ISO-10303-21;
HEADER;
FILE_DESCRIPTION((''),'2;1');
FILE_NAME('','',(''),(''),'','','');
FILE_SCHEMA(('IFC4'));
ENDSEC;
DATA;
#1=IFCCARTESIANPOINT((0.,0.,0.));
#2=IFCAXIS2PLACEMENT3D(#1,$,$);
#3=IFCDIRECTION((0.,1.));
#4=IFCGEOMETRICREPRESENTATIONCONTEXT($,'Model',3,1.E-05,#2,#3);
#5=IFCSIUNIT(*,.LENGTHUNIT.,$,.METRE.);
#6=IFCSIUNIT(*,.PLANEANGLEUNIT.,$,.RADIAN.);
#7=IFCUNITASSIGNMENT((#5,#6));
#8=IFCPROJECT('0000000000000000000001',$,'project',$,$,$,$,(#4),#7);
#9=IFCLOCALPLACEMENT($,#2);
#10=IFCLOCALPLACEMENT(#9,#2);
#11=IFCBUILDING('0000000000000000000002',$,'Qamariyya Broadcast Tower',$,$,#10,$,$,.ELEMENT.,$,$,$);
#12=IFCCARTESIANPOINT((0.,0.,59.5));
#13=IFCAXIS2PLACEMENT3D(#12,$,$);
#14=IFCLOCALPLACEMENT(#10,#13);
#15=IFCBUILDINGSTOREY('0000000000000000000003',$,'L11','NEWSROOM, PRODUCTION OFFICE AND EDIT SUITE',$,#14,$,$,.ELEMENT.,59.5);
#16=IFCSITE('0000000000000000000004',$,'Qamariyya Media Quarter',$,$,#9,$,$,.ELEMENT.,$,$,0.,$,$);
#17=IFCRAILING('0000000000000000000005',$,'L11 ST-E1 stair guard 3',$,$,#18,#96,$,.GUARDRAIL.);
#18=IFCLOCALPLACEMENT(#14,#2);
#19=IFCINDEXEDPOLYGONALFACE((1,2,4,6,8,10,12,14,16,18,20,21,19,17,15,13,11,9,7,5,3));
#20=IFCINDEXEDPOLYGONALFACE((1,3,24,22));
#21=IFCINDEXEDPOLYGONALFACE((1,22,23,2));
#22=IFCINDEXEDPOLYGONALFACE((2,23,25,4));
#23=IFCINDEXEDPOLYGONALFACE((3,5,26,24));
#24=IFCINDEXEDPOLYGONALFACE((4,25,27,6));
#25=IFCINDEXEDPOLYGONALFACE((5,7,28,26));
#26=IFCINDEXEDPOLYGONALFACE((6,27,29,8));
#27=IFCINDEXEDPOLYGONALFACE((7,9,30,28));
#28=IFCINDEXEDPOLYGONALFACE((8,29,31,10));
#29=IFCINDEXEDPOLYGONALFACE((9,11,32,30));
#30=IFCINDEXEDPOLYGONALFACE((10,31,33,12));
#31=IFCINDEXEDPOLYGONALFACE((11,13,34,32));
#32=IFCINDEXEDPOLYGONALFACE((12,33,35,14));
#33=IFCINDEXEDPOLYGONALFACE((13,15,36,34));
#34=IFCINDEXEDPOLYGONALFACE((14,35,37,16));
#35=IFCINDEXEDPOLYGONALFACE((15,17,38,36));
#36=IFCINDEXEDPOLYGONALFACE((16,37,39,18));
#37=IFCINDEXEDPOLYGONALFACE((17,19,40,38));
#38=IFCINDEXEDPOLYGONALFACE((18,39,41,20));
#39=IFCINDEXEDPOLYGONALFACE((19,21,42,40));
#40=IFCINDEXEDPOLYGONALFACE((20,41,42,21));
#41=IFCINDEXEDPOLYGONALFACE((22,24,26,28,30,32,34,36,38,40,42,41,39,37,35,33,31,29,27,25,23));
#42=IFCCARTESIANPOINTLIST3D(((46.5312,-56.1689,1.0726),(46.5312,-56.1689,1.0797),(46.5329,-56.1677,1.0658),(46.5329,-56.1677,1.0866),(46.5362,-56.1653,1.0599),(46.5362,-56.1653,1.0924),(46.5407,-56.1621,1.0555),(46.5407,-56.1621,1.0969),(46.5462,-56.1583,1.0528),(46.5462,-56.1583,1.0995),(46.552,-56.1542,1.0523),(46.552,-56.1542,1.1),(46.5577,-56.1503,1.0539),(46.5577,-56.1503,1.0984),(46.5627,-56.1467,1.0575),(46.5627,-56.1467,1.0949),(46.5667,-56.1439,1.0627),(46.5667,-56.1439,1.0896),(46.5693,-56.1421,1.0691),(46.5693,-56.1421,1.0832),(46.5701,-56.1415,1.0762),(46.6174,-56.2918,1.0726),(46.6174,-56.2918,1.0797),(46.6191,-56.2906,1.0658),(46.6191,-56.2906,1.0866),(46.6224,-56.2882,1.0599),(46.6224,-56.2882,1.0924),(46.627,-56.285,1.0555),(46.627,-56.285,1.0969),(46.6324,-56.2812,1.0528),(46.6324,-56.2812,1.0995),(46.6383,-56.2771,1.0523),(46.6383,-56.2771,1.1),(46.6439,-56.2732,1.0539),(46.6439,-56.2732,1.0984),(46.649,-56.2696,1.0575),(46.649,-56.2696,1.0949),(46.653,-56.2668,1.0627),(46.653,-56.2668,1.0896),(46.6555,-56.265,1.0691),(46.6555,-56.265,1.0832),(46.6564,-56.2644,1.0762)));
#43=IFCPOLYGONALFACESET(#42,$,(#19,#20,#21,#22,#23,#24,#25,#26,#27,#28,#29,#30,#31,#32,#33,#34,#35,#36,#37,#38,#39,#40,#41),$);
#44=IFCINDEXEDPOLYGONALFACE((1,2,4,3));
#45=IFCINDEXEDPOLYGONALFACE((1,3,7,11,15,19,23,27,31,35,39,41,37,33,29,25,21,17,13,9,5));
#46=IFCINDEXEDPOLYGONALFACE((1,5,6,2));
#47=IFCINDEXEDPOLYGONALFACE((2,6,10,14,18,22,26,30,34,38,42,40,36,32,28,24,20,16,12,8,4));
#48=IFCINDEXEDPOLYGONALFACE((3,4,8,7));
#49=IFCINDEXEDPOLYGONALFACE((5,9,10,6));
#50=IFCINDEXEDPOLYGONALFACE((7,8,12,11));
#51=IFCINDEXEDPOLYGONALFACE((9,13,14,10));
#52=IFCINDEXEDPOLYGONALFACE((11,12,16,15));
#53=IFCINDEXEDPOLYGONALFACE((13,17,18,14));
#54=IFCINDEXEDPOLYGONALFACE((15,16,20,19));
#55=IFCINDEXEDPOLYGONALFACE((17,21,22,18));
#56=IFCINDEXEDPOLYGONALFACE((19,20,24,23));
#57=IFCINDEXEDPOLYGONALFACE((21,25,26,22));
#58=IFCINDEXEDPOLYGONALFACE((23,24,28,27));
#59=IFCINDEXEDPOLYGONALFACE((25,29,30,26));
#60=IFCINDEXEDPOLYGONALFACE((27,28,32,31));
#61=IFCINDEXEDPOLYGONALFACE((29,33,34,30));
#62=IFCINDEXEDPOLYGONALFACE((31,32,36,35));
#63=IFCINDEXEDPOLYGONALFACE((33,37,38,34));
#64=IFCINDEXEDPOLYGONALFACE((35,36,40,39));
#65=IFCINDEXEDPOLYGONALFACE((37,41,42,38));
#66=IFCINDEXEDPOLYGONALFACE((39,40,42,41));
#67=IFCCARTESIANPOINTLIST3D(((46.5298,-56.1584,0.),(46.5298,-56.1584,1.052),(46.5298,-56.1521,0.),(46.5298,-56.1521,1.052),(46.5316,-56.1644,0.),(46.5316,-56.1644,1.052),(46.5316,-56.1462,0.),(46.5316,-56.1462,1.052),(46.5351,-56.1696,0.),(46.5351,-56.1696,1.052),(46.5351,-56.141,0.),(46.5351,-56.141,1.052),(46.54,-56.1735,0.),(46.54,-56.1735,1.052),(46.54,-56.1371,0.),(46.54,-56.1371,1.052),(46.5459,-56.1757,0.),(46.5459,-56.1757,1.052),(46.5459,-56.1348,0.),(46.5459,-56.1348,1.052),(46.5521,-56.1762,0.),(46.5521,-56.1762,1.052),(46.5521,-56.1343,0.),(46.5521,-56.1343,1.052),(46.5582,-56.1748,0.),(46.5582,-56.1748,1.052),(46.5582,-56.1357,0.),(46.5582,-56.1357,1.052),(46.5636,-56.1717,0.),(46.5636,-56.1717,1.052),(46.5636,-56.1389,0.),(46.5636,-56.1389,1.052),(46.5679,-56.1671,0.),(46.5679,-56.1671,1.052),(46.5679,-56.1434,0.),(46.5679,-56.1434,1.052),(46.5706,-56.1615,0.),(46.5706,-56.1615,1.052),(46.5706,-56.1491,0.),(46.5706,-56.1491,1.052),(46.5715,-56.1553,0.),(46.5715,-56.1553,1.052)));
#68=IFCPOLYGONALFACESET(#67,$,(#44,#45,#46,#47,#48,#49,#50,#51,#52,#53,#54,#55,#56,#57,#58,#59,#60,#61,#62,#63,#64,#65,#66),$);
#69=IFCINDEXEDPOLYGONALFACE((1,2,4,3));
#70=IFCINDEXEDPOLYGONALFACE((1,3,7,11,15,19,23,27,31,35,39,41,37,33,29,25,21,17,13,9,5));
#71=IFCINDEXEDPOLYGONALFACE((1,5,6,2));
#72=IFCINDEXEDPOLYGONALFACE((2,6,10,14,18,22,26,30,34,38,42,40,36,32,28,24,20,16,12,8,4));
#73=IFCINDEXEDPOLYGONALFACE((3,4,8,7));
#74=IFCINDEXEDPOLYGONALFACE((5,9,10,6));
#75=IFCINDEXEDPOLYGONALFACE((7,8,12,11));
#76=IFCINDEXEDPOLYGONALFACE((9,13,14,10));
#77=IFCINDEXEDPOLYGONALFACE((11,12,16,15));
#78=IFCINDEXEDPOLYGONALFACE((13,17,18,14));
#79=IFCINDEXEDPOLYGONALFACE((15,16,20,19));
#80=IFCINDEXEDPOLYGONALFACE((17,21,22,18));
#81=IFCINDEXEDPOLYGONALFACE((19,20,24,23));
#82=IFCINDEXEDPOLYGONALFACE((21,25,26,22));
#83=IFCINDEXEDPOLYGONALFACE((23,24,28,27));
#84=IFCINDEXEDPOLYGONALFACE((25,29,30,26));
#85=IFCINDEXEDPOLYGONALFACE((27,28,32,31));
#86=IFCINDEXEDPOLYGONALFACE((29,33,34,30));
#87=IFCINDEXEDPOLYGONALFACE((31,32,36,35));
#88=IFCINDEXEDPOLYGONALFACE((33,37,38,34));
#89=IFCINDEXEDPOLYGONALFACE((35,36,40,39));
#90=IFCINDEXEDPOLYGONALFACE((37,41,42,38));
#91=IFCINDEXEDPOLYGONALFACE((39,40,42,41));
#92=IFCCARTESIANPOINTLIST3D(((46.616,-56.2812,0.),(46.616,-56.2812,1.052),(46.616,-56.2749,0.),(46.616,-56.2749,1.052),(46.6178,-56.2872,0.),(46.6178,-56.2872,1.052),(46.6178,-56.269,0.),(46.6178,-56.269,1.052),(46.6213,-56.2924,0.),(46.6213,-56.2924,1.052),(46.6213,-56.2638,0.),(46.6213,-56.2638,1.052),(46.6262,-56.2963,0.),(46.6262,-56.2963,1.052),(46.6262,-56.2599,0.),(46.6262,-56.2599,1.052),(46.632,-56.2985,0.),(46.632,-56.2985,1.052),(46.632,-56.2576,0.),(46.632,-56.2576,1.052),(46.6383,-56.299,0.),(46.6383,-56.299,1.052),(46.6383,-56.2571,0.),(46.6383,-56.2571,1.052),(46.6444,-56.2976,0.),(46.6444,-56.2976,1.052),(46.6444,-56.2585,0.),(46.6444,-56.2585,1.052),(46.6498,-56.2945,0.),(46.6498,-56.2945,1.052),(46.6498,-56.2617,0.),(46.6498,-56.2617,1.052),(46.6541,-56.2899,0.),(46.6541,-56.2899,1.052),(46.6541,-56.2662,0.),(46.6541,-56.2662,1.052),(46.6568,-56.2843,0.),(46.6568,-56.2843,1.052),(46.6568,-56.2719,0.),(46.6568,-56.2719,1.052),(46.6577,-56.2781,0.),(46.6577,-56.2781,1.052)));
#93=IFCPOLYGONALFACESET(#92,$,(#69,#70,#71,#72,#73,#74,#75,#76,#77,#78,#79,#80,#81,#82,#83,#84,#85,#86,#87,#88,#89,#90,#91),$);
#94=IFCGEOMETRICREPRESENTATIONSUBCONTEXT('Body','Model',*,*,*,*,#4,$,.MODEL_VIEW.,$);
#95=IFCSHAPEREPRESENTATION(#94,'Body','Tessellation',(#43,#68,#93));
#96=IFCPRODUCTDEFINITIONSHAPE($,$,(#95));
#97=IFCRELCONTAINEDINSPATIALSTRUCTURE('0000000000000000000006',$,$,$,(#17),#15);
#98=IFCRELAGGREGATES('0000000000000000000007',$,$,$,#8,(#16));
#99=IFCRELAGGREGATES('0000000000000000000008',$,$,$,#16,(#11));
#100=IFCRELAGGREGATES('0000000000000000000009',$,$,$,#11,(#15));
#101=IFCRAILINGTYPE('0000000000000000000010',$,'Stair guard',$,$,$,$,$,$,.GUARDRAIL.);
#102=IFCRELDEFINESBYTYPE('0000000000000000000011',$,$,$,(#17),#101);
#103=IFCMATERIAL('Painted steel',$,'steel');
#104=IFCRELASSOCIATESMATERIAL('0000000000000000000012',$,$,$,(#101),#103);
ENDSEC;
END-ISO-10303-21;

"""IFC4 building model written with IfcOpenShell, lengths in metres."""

from ifc_helpers import new_model, si_unit, direction, frame, origin, origin_2d, place, context, subcontext, project, spatial, circle, extrude, material, type_object, element, save


model = new_model("IFC4")

# Units and contexts
model_context = context("Model", 3, precision=1e-05, world=origin(), true_north=direction((0.0, 1.0)))
body_context = subcontext(model_context, "Body", "Model", "MODEL_VIEW")
ifc_project = project(units=[si_unit("LENGTHUNIT", "METRE"), si_unit("PLANEANGLEUNIT", "RADIAN")], contexts=[model_context])

# Site, building, storey
site_placement = place(None, origin())
site = spatial("IfcSite", under=ifc_project, at=site_placement, Name="Qamariyya Media Quarter", CompositionType="ELEMENT", RefElevation=0.0)
building_placement = place(site_placement, origin())
building = spatial("IfcBuilding", under=site, at=building_placement, Name="Qamariyya Broadcast Tower", CompositionType="ELEMENT")
storey_placement = place(building_placement, frame((0.0, 0.0, 59.5)))
storey = spatial("IfcBuildingStorey", under=building, at=storey_placement, Name="L11", Description="NEWSROOM, PRODUCTION OFFICE AND EDIT SUITE", CompositionType="ELEMENT", Elevation=59.5)

# Railing
ifc_material_1 = material(Name="Painted steel", Category="steel")
railing_type_1 = type_object("IfcRailingType", Name="Stair guard", PredefinedType="GUARDRAIL", material=ifc_material_1)
railing_1_placement = place(storey_placement, frame((46.5505, -56.1553, 0.0)))
element("IfcRailing", 1, at=railing_1_placement, inside=storey, type_object=railing_type_1, Name="L11 ST-E1 stair guard 3", PredefinedType="GUARDRAIL", context=body_context, shape_type="SweptSolid", body=[
    extrude(circle(Radius=0.0239, at=origin_2d()), frame((0.0, 0.0, 1.0762), z_axis=(0.574445, -0.818543, 0.0), x_axis=(0.818543, 0.574445, 0.0)), (0.0, 0.0, 1.0), 0.1501),
    extrude(circle(Radius=0.021, at=origin_2d()), origin(), (0.0, 0.0, 1.0), 1.052),
    extrude(circle(Radius=0.021, at=origin_2d()), frame((0.0862, -0.1228, 0.0)), (0.0, 0.0, 1.0), 1.052),
])

save(model, "model.ifc")
